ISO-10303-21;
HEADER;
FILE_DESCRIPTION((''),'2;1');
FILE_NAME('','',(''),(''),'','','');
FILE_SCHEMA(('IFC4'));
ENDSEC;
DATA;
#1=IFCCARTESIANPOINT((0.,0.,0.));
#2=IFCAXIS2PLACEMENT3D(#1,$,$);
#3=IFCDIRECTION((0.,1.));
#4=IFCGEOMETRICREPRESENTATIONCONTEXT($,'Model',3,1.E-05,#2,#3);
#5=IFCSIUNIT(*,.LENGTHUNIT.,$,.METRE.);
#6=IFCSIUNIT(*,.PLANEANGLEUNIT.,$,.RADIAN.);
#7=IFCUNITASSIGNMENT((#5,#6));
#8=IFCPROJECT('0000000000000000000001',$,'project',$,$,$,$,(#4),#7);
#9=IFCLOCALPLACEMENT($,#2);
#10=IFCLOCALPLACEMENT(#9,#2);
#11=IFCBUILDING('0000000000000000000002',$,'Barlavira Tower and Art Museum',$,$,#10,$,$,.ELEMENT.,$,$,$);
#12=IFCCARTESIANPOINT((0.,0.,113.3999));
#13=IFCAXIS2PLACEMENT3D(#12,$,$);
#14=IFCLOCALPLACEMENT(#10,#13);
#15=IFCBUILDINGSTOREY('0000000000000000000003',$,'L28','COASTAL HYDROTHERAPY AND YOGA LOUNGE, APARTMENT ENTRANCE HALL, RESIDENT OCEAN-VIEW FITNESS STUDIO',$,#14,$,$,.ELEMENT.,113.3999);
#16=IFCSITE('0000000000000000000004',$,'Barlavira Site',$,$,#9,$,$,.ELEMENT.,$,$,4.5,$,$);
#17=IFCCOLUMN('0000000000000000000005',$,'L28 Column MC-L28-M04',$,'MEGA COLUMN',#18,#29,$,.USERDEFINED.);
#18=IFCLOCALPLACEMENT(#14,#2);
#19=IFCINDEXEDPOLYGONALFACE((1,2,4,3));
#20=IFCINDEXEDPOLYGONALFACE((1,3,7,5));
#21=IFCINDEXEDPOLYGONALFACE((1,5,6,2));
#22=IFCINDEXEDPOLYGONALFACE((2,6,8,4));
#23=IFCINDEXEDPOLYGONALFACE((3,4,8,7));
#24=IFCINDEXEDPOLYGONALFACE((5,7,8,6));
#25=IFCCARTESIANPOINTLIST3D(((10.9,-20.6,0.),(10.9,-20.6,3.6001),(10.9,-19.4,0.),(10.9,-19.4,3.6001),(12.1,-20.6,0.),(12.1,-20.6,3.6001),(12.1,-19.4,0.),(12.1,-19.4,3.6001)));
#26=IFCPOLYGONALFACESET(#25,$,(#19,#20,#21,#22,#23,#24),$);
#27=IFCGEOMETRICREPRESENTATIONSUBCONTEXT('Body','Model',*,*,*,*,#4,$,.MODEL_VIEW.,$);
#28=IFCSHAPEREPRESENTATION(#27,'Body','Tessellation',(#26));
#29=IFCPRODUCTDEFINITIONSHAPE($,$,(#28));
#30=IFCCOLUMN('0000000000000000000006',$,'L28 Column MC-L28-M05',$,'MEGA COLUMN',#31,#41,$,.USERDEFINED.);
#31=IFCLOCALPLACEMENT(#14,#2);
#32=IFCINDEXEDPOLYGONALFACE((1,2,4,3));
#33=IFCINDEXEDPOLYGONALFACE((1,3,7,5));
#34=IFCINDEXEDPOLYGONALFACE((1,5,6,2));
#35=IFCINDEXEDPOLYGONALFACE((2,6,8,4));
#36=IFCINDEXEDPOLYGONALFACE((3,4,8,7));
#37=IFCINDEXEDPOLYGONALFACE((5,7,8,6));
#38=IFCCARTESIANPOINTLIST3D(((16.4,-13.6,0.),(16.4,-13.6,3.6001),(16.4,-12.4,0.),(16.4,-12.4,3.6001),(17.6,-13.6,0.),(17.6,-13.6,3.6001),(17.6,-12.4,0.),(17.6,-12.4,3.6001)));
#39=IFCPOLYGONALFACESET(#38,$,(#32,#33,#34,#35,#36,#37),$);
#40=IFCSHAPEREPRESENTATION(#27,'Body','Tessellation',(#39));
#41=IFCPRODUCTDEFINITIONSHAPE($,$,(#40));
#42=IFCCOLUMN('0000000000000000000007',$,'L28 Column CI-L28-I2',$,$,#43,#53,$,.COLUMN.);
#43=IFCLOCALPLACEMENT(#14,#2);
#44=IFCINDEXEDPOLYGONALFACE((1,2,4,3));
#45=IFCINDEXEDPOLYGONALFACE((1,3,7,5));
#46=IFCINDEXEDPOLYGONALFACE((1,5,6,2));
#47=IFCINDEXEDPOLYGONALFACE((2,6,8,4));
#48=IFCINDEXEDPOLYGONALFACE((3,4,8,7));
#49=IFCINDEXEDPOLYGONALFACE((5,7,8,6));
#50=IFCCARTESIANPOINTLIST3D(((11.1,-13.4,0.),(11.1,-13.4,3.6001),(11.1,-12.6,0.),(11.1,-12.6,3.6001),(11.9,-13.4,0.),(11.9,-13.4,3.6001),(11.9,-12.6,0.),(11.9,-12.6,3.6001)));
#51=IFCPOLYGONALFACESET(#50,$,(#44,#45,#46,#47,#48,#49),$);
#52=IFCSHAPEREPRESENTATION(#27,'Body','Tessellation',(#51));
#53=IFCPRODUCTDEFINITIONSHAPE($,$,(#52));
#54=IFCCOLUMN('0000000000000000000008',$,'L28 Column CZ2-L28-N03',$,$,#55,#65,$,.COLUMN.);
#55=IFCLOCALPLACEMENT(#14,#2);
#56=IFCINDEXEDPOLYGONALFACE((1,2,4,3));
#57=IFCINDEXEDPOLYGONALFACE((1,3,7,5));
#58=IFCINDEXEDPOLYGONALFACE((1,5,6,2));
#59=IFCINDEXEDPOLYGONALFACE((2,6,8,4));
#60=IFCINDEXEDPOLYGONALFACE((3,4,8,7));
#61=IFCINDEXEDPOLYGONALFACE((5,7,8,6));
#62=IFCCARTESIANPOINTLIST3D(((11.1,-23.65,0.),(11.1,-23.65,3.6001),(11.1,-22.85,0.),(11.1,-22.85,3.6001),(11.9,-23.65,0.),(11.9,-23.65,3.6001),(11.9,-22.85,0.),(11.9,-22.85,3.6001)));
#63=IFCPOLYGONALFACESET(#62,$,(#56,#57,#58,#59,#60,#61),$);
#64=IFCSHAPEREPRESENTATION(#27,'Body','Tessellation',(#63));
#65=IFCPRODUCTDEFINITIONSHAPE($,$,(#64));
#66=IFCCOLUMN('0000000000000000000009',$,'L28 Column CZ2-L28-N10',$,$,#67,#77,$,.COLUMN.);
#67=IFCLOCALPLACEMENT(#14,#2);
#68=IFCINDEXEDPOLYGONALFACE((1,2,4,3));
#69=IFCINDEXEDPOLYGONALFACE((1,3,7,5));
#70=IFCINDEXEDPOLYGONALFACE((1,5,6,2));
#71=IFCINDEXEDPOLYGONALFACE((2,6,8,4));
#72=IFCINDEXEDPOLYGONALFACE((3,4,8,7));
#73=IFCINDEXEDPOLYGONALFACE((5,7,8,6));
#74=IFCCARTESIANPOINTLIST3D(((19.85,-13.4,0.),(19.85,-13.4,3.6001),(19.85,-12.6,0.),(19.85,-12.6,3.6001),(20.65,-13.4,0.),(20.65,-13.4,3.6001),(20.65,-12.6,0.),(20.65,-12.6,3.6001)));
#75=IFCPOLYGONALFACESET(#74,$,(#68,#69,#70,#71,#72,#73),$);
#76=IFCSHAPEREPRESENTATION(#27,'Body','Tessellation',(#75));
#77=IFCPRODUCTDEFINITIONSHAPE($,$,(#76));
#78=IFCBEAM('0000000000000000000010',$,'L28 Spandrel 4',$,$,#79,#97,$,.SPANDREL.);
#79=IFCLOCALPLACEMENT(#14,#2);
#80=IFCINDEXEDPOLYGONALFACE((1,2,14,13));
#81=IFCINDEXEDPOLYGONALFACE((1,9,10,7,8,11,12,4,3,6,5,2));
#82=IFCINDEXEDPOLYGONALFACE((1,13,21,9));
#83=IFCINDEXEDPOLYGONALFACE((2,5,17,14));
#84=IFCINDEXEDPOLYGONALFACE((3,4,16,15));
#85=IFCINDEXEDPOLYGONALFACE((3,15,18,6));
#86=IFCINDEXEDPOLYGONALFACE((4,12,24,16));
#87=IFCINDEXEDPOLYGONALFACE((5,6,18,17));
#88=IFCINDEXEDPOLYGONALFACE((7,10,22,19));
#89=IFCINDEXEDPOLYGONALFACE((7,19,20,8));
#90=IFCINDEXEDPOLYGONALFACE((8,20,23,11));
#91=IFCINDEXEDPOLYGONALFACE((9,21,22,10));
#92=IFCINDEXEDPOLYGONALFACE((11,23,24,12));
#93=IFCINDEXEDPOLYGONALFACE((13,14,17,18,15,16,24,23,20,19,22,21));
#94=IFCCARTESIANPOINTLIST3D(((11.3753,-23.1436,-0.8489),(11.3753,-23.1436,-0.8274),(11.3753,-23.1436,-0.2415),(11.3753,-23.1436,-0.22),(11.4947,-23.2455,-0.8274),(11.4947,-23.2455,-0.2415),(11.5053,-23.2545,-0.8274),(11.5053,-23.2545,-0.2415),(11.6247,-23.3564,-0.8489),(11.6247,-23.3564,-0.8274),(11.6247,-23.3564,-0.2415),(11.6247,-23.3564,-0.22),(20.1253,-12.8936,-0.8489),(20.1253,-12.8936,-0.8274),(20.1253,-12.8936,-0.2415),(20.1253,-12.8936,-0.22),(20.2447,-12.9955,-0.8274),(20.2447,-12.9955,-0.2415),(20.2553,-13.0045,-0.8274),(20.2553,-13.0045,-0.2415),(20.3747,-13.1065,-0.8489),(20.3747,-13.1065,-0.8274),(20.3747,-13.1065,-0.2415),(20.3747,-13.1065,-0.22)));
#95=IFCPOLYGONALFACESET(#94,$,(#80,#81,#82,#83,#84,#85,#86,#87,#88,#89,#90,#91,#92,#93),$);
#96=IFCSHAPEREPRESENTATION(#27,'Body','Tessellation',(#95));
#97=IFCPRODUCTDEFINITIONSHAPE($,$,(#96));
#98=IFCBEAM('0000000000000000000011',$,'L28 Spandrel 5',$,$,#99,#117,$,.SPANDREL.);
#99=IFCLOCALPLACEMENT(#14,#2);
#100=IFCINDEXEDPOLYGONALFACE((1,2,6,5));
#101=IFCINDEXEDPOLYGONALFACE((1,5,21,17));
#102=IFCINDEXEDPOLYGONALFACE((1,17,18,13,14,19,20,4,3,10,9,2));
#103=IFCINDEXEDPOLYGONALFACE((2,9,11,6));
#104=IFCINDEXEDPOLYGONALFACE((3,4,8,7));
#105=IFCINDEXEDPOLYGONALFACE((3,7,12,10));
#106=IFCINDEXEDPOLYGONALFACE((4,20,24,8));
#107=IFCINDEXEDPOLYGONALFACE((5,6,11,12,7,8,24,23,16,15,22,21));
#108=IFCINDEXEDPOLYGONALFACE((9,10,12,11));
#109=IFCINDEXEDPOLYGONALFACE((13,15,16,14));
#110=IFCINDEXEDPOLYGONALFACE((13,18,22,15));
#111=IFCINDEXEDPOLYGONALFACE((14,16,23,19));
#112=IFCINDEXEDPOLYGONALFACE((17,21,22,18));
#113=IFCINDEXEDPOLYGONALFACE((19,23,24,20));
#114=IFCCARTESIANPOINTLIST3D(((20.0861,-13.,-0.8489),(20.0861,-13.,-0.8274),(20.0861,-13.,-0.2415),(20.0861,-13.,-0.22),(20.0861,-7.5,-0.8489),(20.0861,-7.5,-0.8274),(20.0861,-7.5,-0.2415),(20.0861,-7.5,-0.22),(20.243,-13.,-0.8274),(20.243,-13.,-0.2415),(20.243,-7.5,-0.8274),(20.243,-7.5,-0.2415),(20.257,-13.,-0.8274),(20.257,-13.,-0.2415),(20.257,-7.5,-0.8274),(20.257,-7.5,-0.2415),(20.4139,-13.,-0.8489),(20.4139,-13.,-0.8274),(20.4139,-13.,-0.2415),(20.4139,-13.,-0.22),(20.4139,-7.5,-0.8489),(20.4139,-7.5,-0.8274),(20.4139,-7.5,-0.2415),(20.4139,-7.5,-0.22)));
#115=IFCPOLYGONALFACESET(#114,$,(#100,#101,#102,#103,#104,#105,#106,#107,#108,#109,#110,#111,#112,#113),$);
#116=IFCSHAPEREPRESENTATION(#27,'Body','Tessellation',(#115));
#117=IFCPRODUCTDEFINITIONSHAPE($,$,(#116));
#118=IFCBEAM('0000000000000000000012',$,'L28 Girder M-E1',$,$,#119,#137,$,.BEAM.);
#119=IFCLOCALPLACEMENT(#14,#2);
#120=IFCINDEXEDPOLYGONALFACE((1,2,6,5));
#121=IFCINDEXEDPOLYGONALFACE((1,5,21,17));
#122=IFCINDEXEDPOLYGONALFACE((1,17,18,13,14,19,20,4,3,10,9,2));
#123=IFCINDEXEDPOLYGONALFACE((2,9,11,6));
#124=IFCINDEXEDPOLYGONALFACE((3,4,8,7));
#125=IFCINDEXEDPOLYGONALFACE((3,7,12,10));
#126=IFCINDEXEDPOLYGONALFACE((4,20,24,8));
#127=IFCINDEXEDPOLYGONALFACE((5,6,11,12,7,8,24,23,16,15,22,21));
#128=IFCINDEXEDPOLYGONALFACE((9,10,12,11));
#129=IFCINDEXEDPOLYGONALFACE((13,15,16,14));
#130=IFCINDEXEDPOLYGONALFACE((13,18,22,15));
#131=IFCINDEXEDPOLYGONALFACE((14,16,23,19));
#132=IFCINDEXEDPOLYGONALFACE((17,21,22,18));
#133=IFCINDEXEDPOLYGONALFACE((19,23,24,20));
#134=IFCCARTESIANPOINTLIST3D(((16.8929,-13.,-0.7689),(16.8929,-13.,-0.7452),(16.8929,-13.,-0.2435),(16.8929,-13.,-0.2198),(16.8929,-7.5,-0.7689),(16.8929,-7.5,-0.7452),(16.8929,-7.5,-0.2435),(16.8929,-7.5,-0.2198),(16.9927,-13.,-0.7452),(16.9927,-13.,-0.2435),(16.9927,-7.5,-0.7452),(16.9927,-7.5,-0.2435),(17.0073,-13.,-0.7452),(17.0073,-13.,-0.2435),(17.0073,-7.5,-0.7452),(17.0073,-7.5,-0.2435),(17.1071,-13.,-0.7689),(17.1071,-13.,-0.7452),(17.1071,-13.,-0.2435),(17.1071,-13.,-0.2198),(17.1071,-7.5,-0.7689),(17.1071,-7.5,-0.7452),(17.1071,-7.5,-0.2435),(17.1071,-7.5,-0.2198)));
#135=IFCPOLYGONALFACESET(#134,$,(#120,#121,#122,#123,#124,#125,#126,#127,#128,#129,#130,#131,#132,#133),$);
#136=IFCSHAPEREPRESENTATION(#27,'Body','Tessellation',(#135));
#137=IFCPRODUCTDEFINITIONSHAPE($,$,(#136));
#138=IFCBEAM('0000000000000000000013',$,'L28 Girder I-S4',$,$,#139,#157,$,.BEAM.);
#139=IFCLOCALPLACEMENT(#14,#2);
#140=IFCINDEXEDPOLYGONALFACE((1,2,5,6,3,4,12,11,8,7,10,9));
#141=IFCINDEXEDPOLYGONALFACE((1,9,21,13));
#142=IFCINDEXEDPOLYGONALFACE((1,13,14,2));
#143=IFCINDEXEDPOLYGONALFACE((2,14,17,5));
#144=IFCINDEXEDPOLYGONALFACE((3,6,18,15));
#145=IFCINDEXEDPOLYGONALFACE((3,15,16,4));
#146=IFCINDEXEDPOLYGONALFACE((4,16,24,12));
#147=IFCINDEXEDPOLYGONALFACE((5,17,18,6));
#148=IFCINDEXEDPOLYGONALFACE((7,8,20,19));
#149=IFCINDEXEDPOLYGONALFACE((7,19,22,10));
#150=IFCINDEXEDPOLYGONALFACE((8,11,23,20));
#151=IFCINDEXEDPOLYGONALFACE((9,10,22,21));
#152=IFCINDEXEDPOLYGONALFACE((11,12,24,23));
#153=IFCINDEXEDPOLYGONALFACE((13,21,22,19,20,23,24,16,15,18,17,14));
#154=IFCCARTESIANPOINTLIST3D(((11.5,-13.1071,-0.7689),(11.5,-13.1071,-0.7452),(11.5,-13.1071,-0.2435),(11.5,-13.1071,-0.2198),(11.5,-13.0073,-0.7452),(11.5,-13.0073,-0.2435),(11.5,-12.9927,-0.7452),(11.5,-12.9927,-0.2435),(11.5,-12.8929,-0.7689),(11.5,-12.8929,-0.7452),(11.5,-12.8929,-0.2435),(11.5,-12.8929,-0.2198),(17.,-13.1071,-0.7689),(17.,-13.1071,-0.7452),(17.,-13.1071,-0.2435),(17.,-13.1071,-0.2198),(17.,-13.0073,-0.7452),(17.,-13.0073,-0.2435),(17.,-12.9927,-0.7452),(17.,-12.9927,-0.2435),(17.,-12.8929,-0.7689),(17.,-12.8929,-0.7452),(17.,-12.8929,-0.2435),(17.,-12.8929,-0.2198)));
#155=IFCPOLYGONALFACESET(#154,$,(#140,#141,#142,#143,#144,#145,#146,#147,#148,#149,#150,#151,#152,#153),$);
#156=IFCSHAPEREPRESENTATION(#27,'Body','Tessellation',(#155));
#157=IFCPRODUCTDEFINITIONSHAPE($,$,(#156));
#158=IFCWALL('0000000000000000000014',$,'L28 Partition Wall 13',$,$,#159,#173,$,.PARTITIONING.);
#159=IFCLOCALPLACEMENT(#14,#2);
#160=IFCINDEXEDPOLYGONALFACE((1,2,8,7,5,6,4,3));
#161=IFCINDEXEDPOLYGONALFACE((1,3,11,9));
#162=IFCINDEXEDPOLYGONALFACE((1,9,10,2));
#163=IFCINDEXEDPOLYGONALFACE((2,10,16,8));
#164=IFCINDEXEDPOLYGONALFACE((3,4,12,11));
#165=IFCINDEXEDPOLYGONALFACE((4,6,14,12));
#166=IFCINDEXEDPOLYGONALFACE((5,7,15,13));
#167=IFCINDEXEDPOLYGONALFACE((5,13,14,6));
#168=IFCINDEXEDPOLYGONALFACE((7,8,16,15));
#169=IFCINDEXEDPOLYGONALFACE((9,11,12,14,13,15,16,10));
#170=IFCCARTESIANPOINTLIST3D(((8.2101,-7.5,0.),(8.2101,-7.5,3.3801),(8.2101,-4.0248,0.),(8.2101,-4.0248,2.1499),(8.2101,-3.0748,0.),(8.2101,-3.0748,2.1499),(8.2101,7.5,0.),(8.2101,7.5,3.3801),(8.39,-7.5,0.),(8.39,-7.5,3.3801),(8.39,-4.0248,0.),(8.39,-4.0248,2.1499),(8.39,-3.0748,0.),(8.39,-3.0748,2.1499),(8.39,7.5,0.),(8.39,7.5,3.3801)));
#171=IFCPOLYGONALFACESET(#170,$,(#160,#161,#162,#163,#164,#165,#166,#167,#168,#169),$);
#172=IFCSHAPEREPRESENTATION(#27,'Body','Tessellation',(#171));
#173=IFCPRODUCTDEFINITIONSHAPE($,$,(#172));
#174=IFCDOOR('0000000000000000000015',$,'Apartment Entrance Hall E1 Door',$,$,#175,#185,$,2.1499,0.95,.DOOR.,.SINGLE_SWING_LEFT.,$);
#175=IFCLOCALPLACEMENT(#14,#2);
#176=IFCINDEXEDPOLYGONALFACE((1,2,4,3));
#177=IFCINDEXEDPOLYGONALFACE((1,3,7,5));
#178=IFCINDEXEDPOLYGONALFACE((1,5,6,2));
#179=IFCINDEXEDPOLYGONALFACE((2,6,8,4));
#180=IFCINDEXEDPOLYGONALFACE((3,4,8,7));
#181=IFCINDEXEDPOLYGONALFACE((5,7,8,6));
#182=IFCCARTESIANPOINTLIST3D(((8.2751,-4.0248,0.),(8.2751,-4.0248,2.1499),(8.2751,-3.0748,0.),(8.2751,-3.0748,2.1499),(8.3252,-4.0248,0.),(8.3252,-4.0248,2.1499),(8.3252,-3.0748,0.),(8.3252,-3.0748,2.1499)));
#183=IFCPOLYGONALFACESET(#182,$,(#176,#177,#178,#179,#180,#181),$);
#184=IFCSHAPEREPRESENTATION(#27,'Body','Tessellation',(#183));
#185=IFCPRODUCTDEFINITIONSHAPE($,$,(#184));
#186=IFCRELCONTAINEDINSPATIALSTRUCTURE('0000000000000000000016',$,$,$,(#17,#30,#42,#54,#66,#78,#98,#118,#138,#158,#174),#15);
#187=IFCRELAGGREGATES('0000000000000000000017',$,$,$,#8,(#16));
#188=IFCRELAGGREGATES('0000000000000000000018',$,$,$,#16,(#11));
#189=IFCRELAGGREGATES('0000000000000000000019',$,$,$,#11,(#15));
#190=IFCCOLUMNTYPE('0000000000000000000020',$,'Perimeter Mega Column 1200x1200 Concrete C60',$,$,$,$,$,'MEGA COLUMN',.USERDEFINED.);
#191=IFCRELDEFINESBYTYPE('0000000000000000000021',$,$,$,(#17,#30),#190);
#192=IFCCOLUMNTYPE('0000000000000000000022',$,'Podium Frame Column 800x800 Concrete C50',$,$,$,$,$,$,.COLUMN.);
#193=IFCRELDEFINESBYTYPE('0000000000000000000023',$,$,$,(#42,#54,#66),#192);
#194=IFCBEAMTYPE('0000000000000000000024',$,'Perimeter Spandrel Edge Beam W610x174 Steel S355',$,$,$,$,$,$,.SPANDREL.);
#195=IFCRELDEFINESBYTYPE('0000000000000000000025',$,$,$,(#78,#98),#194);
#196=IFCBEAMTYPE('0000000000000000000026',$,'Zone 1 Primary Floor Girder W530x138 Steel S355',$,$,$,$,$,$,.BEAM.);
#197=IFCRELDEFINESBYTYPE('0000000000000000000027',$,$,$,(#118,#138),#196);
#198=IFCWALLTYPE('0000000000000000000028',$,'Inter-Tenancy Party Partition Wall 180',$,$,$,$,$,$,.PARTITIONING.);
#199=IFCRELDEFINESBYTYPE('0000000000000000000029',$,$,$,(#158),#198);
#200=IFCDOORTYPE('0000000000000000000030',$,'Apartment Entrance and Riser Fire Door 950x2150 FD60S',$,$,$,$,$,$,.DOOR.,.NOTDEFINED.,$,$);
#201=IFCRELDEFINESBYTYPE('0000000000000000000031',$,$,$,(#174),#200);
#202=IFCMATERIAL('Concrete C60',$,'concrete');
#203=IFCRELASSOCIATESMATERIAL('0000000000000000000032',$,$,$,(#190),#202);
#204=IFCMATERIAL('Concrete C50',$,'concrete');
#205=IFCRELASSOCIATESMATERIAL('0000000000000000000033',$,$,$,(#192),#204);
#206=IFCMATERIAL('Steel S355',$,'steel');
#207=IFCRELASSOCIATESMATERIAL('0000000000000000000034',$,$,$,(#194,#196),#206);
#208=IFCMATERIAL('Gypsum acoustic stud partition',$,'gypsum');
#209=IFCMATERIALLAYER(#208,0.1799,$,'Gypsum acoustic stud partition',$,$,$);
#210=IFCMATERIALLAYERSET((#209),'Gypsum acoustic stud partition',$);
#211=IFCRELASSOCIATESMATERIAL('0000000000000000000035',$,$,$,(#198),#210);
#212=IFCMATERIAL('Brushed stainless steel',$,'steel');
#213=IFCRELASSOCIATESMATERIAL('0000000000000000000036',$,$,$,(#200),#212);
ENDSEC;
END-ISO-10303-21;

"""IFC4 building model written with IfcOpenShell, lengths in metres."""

from ifc_helpers import new_model, si_unit, direction, frame, frame_2d, origin, origin_2d, place, context, subcontext, project, spatial, rectangle, i_section, extrude, material, layer, layer_set, material_profile, profile_set, type_object, element, fill, save


model = new_model("IFC4")

# Units and contexts
model_context = context("Model", 3, precision=1e-05, world=origin(), true_north=direction((0.0, 1.0)))
body_context = subcontext(model_context, "Body", "Model", "MODEL_VIEW")
ifc_project = project(units=[si_unit("LENGTHUNIT", "METRE"), si_unit("PLANEANGLEUNIT", "RADIAN")], contexts=[model_context])

# Site, building, storey
site_placement = place(None, origin())
site = spatial("IfcSite", under=ifc_project, at=site_placement, Name="Barlavira Site", CompositionType="ELEMENT", RefElevation=4.5)
building_placement = place(site_placement, origin())
building = spatial("IfcBuilding", under=site, at=building_placement, Name="Barlavira Tower and Art Museum", CompositionType="ELEMENT")
storey_placement = place(building_placement, frame((0.0, 0.0, 113.3999)))
storey = spatial("IfcBuildingStorey", under=building, at=storey_placement, Name="L28", Description="COASTAL HYDROTHERAPY AND YOGA LOUNGE, APARTMENT ENTRANCE HALL, RESIDENT OCEAN-VIEW FITNESS STUDIO", CompositionType="ELEMENT", Elevation=113.3999)

# Columns
ifc_material_1 = material(Name="Concrete C60", Category="concrete")
ifc_material_profile_1 = material_profile(ifc_material_1, rectangle(XDim=1.2, YDim=1.2, at=origin_2d()), Name="RC-COL 1200x1200")
ifc_profile_set_1 = profile_set([ifc_material_profile_1], Name="Concrete C60")
column_type_1 = type_object("IfcColumnType", Name="Perimeter Mega Column 1200x1200 Concrete C60", ElementType="MEGA COLUMN", PredefinedType="USERDEFINED", material=ifc_profile_set_1)
for number, where, z_axis, x_axis, name in (
    (1, (11.5, -20.0, 0.0), (0.0, 0.0, 1.0), (1.0, 0.0, 0.0), "L28 Column MC-L28-M04"),
    (2, (17.0, -13.0, 0.0), (0.0, 0.0, 1.0), (1.0, 0.0, 0.0), "L28 Column MC-L28-M05"),
):
    element("IfcColumn", number, at=place(storey_placement, frame(where, z_axis=z_axis, x_axis=x_axis)), inside=storey, type_object=column_type_1, Name=name, ObjectType="MEGA COLUMN", PredefinedType="USERDEFINED", context=body_context, shape_type="SweptSolid", body=[
        extrude(rectangle(XDim=1.2, YDim=1.2, at=origin_2d()), origin(), (0.0, 0.0, 1.0), 3.6001),
    ])
ifc_material_2 = material(Name="Concrete C50", Category="concrete")
ifc_material_profile_2 = material_profile(ifc_material_2, rectangle(XDim=0.8, YDim=0.8, at=origin_2d()), Name="RC-COL 800x800")
ifc_profile_set_2 = profile_set([ifc_material_profile_2], Name="Concrete C50")
column_type_2 = type_object("IfcColumnType", Name="Podium Frame Column 800x800 Concrete C50", PredefinedType="COLUMN", material=ifc_profile_set_2)
for number, where, z_axis, x_axis, name in (
    (3, (11.5, -13.0, 0.0), (0.0, 0.0, 1.0), (1.0, 0.0, 0.0), "L28 Column CI-L28-I2"),
    (4, (11.5, -23.25, 0.0), (0.0, 0.0, 1.0), (1.0, 0.0, 0.0), "L28 Column CZ2-L28-N03"),
    (5, (20.25, -13.0, 0.0), (0.0, 0.0, 1.0), (1.0, 0.0, 0.0), "L28 Column CZ2-L28-N10"),
):
    element("IfcColumn", number, at=place(storey_placement, frame(where, z_axis=z_axis, x_axis=x_axis)), inside=storey, type_object=column_type_2, Name=name, PredefinedType="COLUMN", context=body_context, shape_type="SweptSolid", body=[
        extrude(rectangle(XDim=0.8, YDim=0.8, at=origin_2d()), origin(), (0.0, 0.0, 1.0), 3.6001),
    ])

# Beams
ifc_material_3 = material(Name="Steel S355", Category="steel")
ifc_material_profile_3 = material_profile(ifc_material_3, i_section(OverallWidth=0.3279, OverallDepth=0.6289, WebThickness=0.0139, FlangeThickness=0.0215, at=origin_2d()), Name="W610x174.0")
ifc_profile_set_3 = profile_set([ifc_material_profile_3], Name="Steel S355")
beam_type_1 = type_object("IfcBeamType", Name="Perimeter Spandrel Edge Beam W610x174 Steel S355", PredefinedType="SPANDREL", material=ifc_profile_set_3)
beam_1_placement = place(storey_placement, frame((11.5, -23.25, -0.5344), z_axis=(0.649262, 0.760565, 0.0), x_axis=(-0.760565, 0.649262, 0.0)))
element("IfcBeam", 6, at=beam_1_placement, inside=storey, type_object=beam_type_1, Name="L28 Spandrel 4", PredefinedType="SPANDREL", context=body_context, shape_type="SweptSolid", body=[
    extrude(i_section(OverallWidth=0.3279, OverallDepth=0.6289, WebThickness=0.0139, FlangeThickness=0.0215, at=origin_2d()), origin(), (0.0, 0.0, 1.0), 13.4768),
])
beam_2_placement = place(storey_placement, frame((20.25, -13.0, -0.5344), z_axis=(0.0, 1.0, 0.0), x_axis=(-1.0, 0.0, 0.0)))
element("IfcBeam", 7, at=beam_2_placement, inside=storey, type_object=beam_type_1, Name="L28 Spandrel 5", PredefinedType="SPANDREL", context=body_context, shape_type="SweptSolid", body=[
    extrude(i_section(OverallWidth=0.3279, OverallDepth=0.6289, WebThickness=0.0139, FlangeThickness=0.0215, at=origin_2d()), origin(), (0.0, 0.0, 1.0), 5.5),
])
ifc_material_profile_4 = material_profile(ifc_material_3, i_section(OverallWidth=0.2141, OverallDepth=0.5491, WebThickness=0.0146, FlangeThickness=0.0237, at=origin_2d()), Name="W530x138.0")
ifc_profile_set_4 = profile_set([ifc_material_profile_4], Name="Steel S355")
beam_type_2 = type_object("IfcBeamType", Name="Zone 1 Primary Floor Girder W530x138 Steel S355", PredefinedType="BEAM", material=ifc_profile_set_4)
for number, where, z_axis, x_axis, name in (
    (8, (17.0, -13.0, -0.4944), (0.0, 1.0, 0.0), (-1.0, 0.0, 0.0), "L28 Girder M-E1"),
    (9, (11.5, -13.0, -0.4944), (1.0, 0.0, 0.0), (0.0, 1.0, 0.0), "L28 Girder I-S4"),
):
    element("IfcBeam", number, at=place(storey_placement, frame(where, z_axis=z_axis, x_axis=x_axis)), inside=storey, type_object=beam_type_2, Name=name, PredefinedType="BEAM", context=body_context, shape_type="SweptSolid", body=[
        extrude(i_section(OverallWidth=0.2141, OverallDepth=0.5491, WebThickness=0.0146, FlangeThickness=0.0237, at=origin_2d()), origin(), (0.0, 0.0, 1.0), 5.5),
    ])

# Wall, opening, door
ifc_material_4 = material(Name="Gypsum acoustic stud partition", Category="gypsum")
ifc_layer_1 = layer(ifc_material_4, 0.1799, Name="Gypsum acoustic stud partition")
ifc_layer_set_1 = layer_set([ifc_layer_1], Name="Gypsum acoustic stud partition")
wall_type_1 = type_object("IfcWallType", Name="Inter-Tenancy Party Partition Wall 180", PredefinedType="PARTITIONING", material=ifc_layer_set_1)
wall_1_placement = place(storey_placement, frame((8.3, -7.5, 0.0), z_axis=(0.0, 0.0, 1.0), x_axis=(0.0, 1.0, 0.0)))
wall_1 = element("IfcWall", 10, at=wall_1_placement, inside=storey, type_object=wall_type_1, Name="L28 Partition Wall 13", PredefinedType="PARTITIONING", context=body_context, shape_type="SweptSolid", body=[
    extrude(rectangle(XDim=15.0, YDim=0.1799, at=frame_2d((7.5, 0.0))), origin(), (0.0, 0.0, 1.0), 3.3801),
])
opening_1_placement = place(wall_1_placement, frame((3.4751, 0.0, 0.0)))
opening_1 = element("IfcOpeningElement", 11, at=opening_1_placement, cuts=wall_1, PredefinedType="OPENING", context=body_context, shape_type="SweptSolid", body=[
    extrude(rectangle(XDim=0.95, YDim=2.1499, at=frame_2d((0.4751, 1.075))), frame((0.0, 0.1001, 0.0), z_axis=(0.0, -1.0, 0.0), x_axis=(1.0, 0.0, 0.0)), (0.0, 0.0, 1.0), 0.2),
])
ifc_material_5 = material(Name="Brushed stainless steel", Category="steel")
door_type = type_object("IfcDoorType", Name="Apartment Entrance and Riser Fire Door 950x2150 FD60S", OperationType="NOTDEFINED", PredefinedType="DOOR", material=ifc_material_5)
door_1_placement = place(opening_1_placement, origin())
door_1 = element("IfcDoor", 12, at=door_1_placement, inside=storey, type_object=door_type, Name="Apartment Entrance Hall E1 Door", OperationType="SINGLE_SWING_LEFT", OverallHeight=2.1499, OverallWidth=0.95, PredefinedType="DOOR", context=body_context, shape_type="SweptSolid", body=[
    extrude(rectangle(XDim=0.95, YDim=2.1499, at=frame_2d((0.4751, 1.075))), frame((0.0, 0.0249, 0.0), z_axis=(0.0, -1.0, 0.0), x_axis=(1.0, 0.0, 0.0)), (0.0, 0.0, 1.0), 0.05),
])
fill(opening_1, door_1)

save(model, "model.ifc")
